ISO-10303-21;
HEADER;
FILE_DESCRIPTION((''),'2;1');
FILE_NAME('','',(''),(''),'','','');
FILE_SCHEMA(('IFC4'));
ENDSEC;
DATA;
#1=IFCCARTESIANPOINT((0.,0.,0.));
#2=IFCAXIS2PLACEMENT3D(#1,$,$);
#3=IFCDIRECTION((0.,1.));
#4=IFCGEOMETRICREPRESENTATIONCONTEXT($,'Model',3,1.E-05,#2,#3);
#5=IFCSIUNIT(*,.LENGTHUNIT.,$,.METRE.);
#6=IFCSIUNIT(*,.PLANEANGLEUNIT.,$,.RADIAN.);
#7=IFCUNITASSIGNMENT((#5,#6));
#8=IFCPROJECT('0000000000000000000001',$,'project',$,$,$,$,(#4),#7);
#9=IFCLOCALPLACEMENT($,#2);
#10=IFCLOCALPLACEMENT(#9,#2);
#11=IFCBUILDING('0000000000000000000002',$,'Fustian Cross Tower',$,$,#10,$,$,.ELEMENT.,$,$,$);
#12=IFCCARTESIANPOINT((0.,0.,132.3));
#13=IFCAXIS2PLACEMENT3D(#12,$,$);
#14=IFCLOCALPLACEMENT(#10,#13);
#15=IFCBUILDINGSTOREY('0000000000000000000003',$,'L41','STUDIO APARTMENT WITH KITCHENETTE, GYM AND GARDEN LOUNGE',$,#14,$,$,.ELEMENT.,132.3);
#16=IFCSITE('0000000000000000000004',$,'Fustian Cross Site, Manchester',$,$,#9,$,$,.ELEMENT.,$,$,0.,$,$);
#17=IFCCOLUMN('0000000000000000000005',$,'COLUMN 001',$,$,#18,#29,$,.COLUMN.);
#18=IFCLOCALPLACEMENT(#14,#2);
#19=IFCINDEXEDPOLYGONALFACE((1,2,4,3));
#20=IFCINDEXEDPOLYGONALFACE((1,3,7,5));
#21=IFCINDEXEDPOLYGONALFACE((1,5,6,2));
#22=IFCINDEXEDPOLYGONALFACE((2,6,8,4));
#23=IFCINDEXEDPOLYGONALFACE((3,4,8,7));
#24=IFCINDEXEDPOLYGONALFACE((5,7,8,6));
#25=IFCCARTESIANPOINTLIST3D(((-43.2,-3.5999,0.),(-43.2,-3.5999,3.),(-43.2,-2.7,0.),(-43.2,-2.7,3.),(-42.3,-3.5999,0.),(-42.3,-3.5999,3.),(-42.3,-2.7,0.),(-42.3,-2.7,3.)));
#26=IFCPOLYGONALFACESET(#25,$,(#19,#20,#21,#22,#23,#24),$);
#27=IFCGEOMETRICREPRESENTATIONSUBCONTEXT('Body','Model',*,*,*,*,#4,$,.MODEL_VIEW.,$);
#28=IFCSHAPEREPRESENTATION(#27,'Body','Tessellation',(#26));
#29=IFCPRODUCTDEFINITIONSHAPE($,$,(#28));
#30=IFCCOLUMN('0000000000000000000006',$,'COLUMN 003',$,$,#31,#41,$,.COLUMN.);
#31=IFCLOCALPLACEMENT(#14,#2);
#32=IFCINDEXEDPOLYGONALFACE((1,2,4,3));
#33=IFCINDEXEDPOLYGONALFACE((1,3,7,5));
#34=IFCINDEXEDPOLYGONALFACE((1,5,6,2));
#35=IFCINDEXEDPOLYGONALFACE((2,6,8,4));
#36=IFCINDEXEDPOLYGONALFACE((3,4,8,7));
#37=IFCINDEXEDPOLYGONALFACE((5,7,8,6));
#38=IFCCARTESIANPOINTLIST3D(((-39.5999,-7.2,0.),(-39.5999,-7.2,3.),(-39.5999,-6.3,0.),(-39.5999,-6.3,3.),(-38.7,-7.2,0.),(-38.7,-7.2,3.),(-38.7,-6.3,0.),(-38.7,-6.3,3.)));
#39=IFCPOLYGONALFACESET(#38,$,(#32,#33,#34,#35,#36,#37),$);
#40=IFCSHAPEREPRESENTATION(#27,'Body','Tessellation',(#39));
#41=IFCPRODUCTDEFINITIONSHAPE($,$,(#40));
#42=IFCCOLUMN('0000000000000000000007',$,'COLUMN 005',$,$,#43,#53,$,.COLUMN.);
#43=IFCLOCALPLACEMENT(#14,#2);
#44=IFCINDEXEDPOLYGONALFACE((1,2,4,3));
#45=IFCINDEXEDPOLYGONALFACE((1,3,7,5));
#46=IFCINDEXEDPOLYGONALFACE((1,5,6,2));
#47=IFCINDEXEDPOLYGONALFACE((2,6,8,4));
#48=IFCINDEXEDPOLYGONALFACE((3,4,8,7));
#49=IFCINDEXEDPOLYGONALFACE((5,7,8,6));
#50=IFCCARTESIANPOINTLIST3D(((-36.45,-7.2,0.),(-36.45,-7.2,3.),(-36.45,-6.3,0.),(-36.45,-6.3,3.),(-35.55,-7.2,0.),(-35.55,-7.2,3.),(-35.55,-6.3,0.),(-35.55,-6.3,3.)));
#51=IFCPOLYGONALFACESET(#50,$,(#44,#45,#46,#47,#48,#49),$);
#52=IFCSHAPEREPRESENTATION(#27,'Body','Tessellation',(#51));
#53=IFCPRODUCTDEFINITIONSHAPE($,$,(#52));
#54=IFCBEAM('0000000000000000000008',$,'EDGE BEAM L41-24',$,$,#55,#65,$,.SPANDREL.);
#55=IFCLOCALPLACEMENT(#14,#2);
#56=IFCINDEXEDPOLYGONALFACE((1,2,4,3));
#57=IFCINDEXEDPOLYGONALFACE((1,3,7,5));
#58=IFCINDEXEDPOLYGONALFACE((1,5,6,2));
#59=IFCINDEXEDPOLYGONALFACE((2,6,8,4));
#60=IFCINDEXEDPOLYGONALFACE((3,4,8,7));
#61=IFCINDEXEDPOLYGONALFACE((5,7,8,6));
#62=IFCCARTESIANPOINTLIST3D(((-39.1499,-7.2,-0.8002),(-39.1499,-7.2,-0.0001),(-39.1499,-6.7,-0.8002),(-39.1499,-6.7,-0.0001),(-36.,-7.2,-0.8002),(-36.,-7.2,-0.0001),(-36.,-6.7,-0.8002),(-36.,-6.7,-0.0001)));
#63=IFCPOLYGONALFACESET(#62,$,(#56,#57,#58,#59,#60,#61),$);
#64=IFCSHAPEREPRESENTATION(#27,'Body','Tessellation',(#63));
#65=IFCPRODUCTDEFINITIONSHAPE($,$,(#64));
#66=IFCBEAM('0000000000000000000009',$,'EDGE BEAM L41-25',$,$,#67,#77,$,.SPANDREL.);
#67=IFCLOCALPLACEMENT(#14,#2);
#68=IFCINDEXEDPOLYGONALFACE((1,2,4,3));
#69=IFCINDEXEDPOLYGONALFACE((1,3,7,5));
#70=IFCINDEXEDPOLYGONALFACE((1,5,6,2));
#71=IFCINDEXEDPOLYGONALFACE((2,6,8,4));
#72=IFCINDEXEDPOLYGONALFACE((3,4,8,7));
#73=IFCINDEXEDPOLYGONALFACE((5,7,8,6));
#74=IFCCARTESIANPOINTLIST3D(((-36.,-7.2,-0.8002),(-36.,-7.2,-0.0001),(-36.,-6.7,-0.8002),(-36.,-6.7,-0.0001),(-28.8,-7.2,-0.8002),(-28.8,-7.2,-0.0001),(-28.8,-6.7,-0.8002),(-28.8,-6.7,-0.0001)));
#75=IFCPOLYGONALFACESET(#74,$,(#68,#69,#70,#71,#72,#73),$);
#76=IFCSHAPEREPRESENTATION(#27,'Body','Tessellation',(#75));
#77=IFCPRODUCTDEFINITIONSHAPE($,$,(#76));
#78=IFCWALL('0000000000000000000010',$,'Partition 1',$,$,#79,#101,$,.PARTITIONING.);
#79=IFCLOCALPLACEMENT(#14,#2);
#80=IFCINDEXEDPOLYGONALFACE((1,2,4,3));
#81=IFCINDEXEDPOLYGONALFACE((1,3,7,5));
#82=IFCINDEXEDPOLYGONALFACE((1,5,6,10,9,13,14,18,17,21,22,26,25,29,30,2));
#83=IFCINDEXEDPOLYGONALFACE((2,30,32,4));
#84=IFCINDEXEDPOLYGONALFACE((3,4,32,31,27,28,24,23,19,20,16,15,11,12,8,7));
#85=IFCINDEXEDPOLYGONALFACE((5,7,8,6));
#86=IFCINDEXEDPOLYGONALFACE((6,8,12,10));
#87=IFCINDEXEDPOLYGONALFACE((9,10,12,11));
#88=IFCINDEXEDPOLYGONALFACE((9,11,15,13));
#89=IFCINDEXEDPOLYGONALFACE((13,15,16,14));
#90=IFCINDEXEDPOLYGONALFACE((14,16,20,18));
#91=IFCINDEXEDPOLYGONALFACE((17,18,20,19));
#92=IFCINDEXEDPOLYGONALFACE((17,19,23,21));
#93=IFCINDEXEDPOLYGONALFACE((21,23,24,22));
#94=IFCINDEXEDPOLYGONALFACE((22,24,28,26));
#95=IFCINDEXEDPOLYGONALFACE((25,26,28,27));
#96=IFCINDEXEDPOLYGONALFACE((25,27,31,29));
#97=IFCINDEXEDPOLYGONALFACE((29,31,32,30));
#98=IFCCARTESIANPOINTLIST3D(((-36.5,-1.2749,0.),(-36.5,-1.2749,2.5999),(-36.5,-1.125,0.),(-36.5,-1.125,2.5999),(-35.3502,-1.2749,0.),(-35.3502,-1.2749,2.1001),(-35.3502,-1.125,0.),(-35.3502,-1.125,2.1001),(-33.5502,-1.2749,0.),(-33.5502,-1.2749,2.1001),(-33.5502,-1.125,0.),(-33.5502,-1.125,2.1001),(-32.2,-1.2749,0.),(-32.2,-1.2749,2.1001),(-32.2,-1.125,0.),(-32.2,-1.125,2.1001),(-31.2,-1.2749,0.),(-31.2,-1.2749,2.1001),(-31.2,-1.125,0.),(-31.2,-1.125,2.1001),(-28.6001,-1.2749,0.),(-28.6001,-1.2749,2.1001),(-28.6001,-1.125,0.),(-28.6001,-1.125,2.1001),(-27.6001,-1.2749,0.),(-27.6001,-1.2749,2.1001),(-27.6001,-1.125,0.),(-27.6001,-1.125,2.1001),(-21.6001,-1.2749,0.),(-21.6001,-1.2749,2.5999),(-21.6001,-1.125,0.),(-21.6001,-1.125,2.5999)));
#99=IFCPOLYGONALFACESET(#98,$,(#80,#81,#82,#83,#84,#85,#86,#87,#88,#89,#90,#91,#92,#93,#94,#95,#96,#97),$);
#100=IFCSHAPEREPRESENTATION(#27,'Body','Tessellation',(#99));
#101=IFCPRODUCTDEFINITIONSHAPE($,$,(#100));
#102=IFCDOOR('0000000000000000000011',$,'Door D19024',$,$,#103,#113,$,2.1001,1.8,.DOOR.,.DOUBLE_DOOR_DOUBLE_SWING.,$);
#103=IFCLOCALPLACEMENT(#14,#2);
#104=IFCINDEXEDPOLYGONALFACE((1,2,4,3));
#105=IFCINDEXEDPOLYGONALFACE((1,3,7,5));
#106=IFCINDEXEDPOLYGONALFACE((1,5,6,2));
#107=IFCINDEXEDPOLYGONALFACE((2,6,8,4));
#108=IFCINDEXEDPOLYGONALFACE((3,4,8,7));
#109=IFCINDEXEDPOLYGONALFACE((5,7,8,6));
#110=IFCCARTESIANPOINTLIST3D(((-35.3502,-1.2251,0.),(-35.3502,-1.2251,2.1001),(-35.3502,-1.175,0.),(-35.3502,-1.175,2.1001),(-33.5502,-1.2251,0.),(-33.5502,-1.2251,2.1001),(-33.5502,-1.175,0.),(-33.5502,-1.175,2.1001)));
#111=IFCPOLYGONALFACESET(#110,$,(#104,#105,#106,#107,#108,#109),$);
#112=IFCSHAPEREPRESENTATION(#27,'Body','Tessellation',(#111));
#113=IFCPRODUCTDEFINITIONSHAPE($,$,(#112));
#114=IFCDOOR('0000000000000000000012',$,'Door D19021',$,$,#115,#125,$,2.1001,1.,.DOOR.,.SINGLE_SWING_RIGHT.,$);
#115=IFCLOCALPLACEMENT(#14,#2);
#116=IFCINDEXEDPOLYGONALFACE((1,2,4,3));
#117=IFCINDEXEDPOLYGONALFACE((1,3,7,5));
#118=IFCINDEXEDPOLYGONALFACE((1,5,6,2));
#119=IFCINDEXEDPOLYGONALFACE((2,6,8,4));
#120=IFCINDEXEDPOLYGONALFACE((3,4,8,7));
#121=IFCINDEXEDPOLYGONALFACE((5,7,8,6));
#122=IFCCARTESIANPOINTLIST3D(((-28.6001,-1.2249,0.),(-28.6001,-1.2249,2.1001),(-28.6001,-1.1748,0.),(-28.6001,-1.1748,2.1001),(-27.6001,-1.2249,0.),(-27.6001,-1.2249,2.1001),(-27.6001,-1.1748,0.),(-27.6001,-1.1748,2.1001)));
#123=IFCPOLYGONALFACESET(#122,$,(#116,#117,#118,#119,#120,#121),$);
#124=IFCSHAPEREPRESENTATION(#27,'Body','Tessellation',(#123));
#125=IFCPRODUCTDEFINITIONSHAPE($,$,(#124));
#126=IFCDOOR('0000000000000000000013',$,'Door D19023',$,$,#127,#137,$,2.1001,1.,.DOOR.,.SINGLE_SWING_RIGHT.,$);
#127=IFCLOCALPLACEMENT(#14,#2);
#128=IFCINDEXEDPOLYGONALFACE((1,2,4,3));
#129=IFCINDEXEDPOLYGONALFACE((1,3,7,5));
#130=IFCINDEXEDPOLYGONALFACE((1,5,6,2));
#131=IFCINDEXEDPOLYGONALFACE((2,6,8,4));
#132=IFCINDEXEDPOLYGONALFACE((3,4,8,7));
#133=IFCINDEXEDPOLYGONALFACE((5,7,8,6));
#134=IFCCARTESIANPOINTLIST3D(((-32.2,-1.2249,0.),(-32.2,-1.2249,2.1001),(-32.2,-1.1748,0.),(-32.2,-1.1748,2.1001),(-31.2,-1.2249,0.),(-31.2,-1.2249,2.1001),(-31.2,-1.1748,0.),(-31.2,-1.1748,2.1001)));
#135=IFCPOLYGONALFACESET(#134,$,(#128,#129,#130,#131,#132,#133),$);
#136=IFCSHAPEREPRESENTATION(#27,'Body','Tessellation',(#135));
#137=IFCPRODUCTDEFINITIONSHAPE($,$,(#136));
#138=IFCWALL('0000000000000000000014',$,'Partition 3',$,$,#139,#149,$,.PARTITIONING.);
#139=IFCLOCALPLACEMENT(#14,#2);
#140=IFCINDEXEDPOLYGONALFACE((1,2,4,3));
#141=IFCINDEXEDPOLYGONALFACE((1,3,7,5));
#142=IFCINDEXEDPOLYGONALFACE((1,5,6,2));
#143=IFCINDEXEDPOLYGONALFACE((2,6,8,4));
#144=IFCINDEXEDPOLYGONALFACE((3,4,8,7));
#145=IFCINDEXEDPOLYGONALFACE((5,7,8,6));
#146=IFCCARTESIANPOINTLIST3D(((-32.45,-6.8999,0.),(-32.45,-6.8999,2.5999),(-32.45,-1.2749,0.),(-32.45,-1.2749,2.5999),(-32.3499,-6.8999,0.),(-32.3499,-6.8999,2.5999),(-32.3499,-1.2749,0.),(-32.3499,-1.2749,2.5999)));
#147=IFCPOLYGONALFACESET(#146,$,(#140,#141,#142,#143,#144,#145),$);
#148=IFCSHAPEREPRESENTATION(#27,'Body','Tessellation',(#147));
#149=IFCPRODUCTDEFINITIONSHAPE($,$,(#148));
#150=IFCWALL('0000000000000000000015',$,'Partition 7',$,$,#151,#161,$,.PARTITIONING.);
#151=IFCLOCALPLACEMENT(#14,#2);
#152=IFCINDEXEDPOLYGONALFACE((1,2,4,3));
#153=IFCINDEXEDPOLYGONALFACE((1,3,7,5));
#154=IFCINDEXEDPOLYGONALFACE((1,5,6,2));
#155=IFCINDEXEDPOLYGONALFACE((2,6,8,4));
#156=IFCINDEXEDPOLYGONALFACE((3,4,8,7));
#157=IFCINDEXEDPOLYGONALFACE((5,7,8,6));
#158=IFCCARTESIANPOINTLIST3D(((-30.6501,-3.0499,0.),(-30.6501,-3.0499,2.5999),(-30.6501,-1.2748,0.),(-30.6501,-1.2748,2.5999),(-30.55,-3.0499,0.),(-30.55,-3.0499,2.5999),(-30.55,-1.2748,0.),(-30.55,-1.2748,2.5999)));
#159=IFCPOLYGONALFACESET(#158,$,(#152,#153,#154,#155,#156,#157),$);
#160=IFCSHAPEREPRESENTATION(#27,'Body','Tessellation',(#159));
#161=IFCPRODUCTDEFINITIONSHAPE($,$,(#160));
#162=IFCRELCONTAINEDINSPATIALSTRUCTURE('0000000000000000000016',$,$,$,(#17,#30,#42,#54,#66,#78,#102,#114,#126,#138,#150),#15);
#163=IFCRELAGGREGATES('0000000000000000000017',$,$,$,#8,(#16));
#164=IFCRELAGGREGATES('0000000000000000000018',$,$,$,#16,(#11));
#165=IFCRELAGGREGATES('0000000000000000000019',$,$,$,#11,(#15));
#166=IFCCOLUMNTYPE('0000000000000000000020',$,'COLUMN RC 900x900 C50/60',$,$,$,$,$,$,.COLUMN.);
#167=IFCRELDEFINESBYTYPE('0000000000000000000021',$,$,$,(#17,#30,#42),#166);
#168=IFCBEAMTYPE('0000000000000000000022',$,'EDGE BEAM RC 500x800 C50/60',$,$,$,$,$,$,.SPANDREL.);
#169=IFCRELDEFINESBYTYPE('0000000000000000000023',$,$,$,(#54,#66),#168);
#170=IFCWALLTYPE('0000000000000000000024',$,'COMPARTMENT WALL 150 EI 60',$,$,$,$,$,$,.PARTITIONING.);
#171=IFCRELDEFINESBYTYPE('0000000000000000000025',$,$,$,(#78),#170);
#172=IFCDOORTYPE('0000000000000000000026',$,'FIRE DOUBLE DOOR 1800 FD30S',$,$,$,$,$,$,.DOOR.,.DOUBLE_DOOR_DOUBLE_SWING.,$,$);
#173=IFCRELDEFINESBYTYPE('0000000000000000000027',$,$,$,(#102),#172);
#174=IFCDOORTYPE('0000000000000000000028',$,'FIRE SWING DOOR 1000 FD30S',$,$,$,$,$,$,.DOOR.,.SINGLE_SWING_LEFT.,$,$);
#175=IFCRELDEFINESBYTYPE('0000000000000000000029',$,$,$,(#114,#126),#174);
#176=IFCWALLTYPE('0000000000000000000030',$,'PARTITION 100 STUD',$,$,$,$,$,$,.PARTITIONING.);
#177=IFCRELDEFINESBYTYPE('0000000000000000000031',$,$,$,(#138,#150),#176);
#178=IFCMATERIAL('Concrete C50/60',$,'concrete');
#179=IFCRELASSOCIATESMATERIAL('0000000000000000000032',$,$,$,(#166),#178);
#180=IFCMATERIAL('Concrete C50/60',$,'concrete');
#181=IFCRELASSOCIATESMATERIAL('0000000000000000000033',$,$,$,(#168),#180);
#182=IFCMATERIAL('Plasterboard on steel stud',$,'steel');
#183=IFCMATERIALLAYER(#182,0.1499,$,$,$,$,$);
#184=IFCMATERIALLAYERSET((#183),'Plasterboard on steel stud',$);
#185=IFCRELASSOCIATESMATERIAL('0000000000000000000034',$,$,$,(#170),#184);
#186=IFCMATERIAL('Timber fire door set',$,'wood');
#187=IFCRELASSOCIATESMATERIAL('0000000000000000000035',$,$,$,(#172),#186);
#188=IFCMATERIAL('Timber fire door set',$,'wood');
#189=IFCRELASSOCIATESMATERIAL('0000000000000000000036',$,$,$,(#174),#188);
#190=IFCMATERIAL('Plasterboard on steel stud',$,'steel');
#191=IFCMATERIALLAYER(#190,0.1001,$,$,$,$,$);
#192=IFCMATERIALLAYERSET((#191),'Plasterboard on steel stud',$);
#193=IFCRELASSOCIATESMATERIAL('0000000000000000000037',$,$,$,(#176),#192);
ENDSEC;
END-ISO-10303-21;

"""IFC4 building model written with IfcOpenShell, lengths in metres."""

from ifc_helpers import new_model, si_unit, direction, frame, frame_2d, origin, origin_2d, place, context, subcontext, project, spatial, rectangle, extrude, material, layer, layer_set, material_profile, profile_set, type_object, element, fill, save


model = new_model("IFC4")

# Units and contexts
model_context = context("Model", 3, precision=1e-05, world=origin(), true_north=direction((0.0, 1.0)))
body_context = subcontext(model_context, "Body", "Model", "MODEL_VIEW")
ifc_project = project(units=[si_unit("LENGTHUNIT", "METRE"), si_unit("PLANEANGLEUNIT", "RADIAN")], contexts=[model_context])

# Site, building, storey
site_placement = place(None, origin())
site = spatial("IfcSite", under=ifc_project, at=site_placement, Name="Fustian Cross Site, Manchester", CompositionType="ELEMENT", RefElevation=0.0)
building_placement = place(site_placement, origin())
building = spatial("IfcBuilding", under=site, at=building_placement, Name="Fustian Cross Tower", CompositionType="ELEMENT")
storey_placement = place(building_placement, frame((0.0, 0.0, 132.3)))
storey = spatial("IfcBuildingStorey", under=building, at=storey_placement, Name="L41", Description="STUDIO APARTMENT WITH KITCHENETTE, GYM AND GARDEN LOUNGE", CompositionType="ELEMENT", Elevation=132.3)

# Columns
ifc_material_1 = material(Name="Concrete C50/60", Category="concrete")
ifc_material_profile_1 = material_profile(ifc_material_1, rectangle(XDim=0.8999, YDim=0.8999, at=origin_2d()), Name="RC 900x900")
ifc_profile_set_1 = profile_set([ifc_material_profile_1], Name="Concrete C50/60")
column_type = type_object("IfcColumnType", Name="COLUMN RC 900x900 C50/60", PredefinedType="COLUMN", material=ifc_profile_set_1)
for number, where, z_axis, x_axis, name in (
    (1, (-42.75, -3.1499, 0.0), (0.0, 0.0, 1.0), (1.0, 0.0, 0.0), "COLUMN 001"),
    (2, (-39.1499, -6.75, 0.0), (0.0, 0.0, 1.0), (1.0, 0.0, 0.0), "COLUMN 003"),
    (3, (-36.0, -6.75, 0.0), (0.0, 0.0, 1.0), (1.0, 0.0, 0.0), "COLUMN 005"),
):
    element("IfcColumn", number, at=place(storey_placement, frame(where, z_axis=z_axis, x_axis=x_axis)), inside=storey, type_object=column_type, Name=name, PredefinedType="COLUMN", context=body_context, shape_type="SweptSolid", body=[
        extrude(rectangle(XDim=0.8999, YDim=0.8999, at=origin_2d()), origin(), (0.0, 0.0, 1.0), 3.0),
    ])

# Beams
ifc_material_2 = material(Name="Concrete C50/60", Category="concrete")
ifc_material_profile_2 = material_profile(ifc_material_2, rectangle(XDim=0.5, YDim=0.8, at=origin_2d()), Name="RC 500x800")
ifc_profile_set_2 = profile_set([ifc_material_profile_2], Name="Concrete C50/60")
beam_type = type_object("IfcBeamType", Name="EDGE BEAM RC 500x800 C50/60", PredefinedType="SPANDREL", material=ifc_profile_set_2)
beam_1_placement = place(storey_placement, frame((-39.1499, -6.95, -0.4001), z_axis=(1.0, 0.0, 0.0), x_axis=(0.0, 1.0, 0.0)))
element("IfcBeam", 4, at=beam_1_placement, inside=storey, type_object=beam_type, Name="EDGE BEAM L41-24", PredefinedType="SPANDREL", context=body_context, shape_type="SweptSolid", body=[
    extrude(rectangle(XDim=0.5, YDim=0.8, at=origin_2d()), origin(), (0.0, 0.0, 1.0), 3.1499),
])
beam_2_placement = place(storey_placement, frame((-36.0, -6.95, -0.4001), z_axis=(1.0, 0.0, 0.0), x_axis=(0.0, 1.0, 0.0)))
element("IfcBeam", 5, at=beam_2_placement, inside=storey, type_object=beam_type, Name="EDGE BEAM L41-25", PredefinedType="SPANDREL", context=body_context, shape_type="SweptSolid", body=[
    extrude(rectangle(XDim=0.5, YDim=0.8, at=origin_2d()), origin(), (0.0, 0.0, 1.0), 7.2),
])

# Wall, openings, doors
ifc_material_3 = material(Name="Plasterboard on steel stud", Category="steel")
ifc_layer_1 = layer(ifc_material_3, 0.1499)
ifc_layer_set_1 = layer_set([ifc_layer_1], Name="Plasterboard on steel stud")
wall_type_1 = type_object("IfcWallType", Name="COMPARTMENT WALL 150 EI 60", PredefinedType="PARTITIONING", material=ifc_layer_set_1)
wall_1_placement = place(storey_placement, frame((-36.5, -1.2, 0.0), z_axis=(0.0, 0.0, 1.0), x_axis=(1.0, 0.0, 0.0)))
wall_1 = element("IfcWall", 6, at=wall_1_placement, inside=storey, type_object=wall_type_1, Name="Partition 1", PredefinedType="PARTITIONING", context=body_context, shape_type="SweptSolid", body=[
    extrude(rectangle(XDim=14.8999, YDim=0.1499, at=frame_2d((7.45, 0.0))), origin(), (0.0, 0.0, 1.0), 2.5999),
])
opening_1_placement = place(wall_1_placement, frame((7.8999, 0.0, 0.0)))
opening_1 = element("IfcOpeningElement", 7, at=opening_1_placement, cuts=wall_1, PredefinedType="OPENING", context=body_context, shape_type="SweptSolid", body=[
    extrude(rectangle(XDim=1.0, YDim=2.1001, at=frame_2d((0.5, 1.05))), frame((0.0, 0.085, 0.0), z_axis=(0.0, -1.0, 0.0), x_axis=(1.0, 0.0, 0.0)), (0.0, 0.0, 1.0), 0.1699),
])
opening_2_placement = place(wall_1_placement, frame((4.3, 0.0, 0.0)))
opening_2 = element("IfcOpeningElement", 8, at=opening_2_placement, cuts=wall_1, PredefinedType="OPENING", context=body_context, shape_type="SweptSolid", body=[
    extrude(rectangle(XDim=1.0, YDim=2.1001, at=frame_2d((0.5, 1.05))), frame((0.0, 0.085, 0.0), z_axis=(0.0, -1.0, 0.0), x_axis=(1.0, 0.0, 0.0)), (0.0, 0.0, 1.0), 0.1699),
])
opening_3_placement = place(wall_1_placement, frame((1.1499, 0.0, 0.0)))
opening_3 = element("IfcOpeningElement", 9, at=opening_3_placement, cuts=wall_1, PredefinedType="OPENING", context=body_context, shape_type="SweptSolid", body=[
    extrude(rectangle(XDim=1.8, YDim=2.1001, at=frame_2d((0.8999, 1.05))), frame((0.0, 0.085, 0.0), z_axis=(0.0, -1.0, 0.0), x_axis=(1.0, 0.0, 0.0)), (0.0, 0.0, 1.0), 0.1699),
])
ifc_material_4 = material(Name="Timber fire door set", Category="wood")
door_type_1 = type_object("IfcDoorType", Name="FIRE DOUBLE DOOR 1800 FD30S", OperationType="DOUBLE_DOOR_DOUBLE_SWING", PredefinedType="DOOR", material=ifc_material_4)
door_1_placement = place(opening_3_placement, origin())
door_1 = element("IfcDoor", 10, at=door_1_placement, inside=storey, type_object=door_type_1, Name="Door D19024", OperationType="DOUBLE_DOOR_DOUBLE_SWING", OverallHeight=2.1001, OverallWidth=1.8, PredefinedType="DOOR", context=body_context, shape_type="SweptSolid", body=[
    extrude(rectangle(XDim=1.8, YDim=2.1001, at=frame_2d((0.8999, 1.05))), frame((0.0, 0.0249, 0.0), z_axis=(0.0, -1.0, 0.0), x_axis=(1.0, 0.0, 0.0)), (0.0, 0.0, 1.0), 0.05),
])
fill(opening_3, door_1)
ifc_material_5 = material(Name="Timber fire door set", Category="wood")
door_type_2 = type_object("IfcDoorType", Name="FIRE SWING DOOR 1000 FD30S", OperationType="SINGLE_SWING_LEFT", PredefinedType="DOOR", material=ifc_material_5)
door_2_placement = place(opening_1_placement, frame((1.0, 0.0, 0.0), z_axis=(0.0, 0.0, 1.0), x_axis=(-1.0, 0.0, 0.0)))
door_2 = element("IfcDoor", 11, at=door_2_placement, inside=storey, type_object=door_type_2, Name="Door D19021", OperationType="SINGLE_SWING_RIGHT", OverallHeight=2.1001, OverallWidth=1.0, PredefinedType="DOOR", context=body_context, shape_type="SweptSolid", body=[
    extrude(rectangle(XDim=1.0, YDim=2.1001, at=frame_2d((0.5, 1.05))), frame((0.0, 0.0249, 0.0), z_axis=(0.0, -1.0, 0.0), x_axis=(1.0, 0.0, 0.0)), (0.0, 0.0, 1.0), 0.05),
])
fill(opening_1, door_2)
door_3_placement = place(opening_2_placement, frame((1.0, 0.0, 0.0), z_axis=(0.0, 0.0, 1.0), x_axis=(-1.0, 0.0, 0.0)))
door_3 = element("IfcDoor", 12, at=door_3_placement, inside=storey, type_object=door_type_2, Name="Door D19023", OperationType="SINGLE_SWING_RIGHT", OverallHeight=2.1001, OverallWidth=1.0, PredefinedType="DOOR", context=body_context, shape_type="SweptSolid", body=[
    extrude(rectangle(XDim=1.0, YDim=2.1001, at=frame_2d((0.5, 1.05))), frame((0.0, 0.0249, 0.0), z_axis=(0.0, -1.0, 0.0), x_axis=(1.0, 0.0, 0.0)), (0.0, 0.0, 1.0), 0.05),
])
fill(opening_2, door_3)

# Walls
ifc_material_6 = material(Name="Plasterboard on steel stud", Category="steel")
ifc_layer_2 = layer(ifc_material_6, 0.1001)
ifc_layer_set_2 = layer_set([ifc_layer_2], Name="Plasterboard on steel stud")
wall_type_2 = type_object("IfcWallType", Name="PARTITION 100 STUD", PredefinedType="PARTITIONING", material=ifc_layer_set_2)
wall_2_placement = place(storey_placement, frame((-32.3999, -6.8999, 0.0), z_axis=(0.0, 0.0, 1.0), x_axis=(0.0, 1.0, 0.0)))
element("IfcWall", 13, at=wall_2_placement, inside=storey, type_object=wall_type_2, Name="Partition 3", PredefinedType="PARTITIONING", context=body_context, shape_type="SweptSolid", body=[
    extrude(rectangle(XDim=5.625, YDim=0.1001, at=frame_2d((2.8125, 0.0))), origin(), (0.0, 0.0, 1.0), 2.5999),
])
wall_3_placement = place(storey_placement, frame((-30.6001, -3.05, 0.0), z_axis=(0.0, 0.0, 1.0), x_axis=(0.0, 1.0, 0.0)))
element("IfcWall", 14, at=wall_3_placement, inside=storey, type_object=wall_type_2, Name="Partition 7", PredefinedType="PARTITIONING", context=body_context, shape_type="SweptSolid", body=[
    extrude(rectangle(XDim=1.7751, YDim=0.1001, at=frame_2d((0.8877, 0.0))), origin(), (0.0, 0.0, 1.0), 2.5999),
])

save(model, "model.ifc")
